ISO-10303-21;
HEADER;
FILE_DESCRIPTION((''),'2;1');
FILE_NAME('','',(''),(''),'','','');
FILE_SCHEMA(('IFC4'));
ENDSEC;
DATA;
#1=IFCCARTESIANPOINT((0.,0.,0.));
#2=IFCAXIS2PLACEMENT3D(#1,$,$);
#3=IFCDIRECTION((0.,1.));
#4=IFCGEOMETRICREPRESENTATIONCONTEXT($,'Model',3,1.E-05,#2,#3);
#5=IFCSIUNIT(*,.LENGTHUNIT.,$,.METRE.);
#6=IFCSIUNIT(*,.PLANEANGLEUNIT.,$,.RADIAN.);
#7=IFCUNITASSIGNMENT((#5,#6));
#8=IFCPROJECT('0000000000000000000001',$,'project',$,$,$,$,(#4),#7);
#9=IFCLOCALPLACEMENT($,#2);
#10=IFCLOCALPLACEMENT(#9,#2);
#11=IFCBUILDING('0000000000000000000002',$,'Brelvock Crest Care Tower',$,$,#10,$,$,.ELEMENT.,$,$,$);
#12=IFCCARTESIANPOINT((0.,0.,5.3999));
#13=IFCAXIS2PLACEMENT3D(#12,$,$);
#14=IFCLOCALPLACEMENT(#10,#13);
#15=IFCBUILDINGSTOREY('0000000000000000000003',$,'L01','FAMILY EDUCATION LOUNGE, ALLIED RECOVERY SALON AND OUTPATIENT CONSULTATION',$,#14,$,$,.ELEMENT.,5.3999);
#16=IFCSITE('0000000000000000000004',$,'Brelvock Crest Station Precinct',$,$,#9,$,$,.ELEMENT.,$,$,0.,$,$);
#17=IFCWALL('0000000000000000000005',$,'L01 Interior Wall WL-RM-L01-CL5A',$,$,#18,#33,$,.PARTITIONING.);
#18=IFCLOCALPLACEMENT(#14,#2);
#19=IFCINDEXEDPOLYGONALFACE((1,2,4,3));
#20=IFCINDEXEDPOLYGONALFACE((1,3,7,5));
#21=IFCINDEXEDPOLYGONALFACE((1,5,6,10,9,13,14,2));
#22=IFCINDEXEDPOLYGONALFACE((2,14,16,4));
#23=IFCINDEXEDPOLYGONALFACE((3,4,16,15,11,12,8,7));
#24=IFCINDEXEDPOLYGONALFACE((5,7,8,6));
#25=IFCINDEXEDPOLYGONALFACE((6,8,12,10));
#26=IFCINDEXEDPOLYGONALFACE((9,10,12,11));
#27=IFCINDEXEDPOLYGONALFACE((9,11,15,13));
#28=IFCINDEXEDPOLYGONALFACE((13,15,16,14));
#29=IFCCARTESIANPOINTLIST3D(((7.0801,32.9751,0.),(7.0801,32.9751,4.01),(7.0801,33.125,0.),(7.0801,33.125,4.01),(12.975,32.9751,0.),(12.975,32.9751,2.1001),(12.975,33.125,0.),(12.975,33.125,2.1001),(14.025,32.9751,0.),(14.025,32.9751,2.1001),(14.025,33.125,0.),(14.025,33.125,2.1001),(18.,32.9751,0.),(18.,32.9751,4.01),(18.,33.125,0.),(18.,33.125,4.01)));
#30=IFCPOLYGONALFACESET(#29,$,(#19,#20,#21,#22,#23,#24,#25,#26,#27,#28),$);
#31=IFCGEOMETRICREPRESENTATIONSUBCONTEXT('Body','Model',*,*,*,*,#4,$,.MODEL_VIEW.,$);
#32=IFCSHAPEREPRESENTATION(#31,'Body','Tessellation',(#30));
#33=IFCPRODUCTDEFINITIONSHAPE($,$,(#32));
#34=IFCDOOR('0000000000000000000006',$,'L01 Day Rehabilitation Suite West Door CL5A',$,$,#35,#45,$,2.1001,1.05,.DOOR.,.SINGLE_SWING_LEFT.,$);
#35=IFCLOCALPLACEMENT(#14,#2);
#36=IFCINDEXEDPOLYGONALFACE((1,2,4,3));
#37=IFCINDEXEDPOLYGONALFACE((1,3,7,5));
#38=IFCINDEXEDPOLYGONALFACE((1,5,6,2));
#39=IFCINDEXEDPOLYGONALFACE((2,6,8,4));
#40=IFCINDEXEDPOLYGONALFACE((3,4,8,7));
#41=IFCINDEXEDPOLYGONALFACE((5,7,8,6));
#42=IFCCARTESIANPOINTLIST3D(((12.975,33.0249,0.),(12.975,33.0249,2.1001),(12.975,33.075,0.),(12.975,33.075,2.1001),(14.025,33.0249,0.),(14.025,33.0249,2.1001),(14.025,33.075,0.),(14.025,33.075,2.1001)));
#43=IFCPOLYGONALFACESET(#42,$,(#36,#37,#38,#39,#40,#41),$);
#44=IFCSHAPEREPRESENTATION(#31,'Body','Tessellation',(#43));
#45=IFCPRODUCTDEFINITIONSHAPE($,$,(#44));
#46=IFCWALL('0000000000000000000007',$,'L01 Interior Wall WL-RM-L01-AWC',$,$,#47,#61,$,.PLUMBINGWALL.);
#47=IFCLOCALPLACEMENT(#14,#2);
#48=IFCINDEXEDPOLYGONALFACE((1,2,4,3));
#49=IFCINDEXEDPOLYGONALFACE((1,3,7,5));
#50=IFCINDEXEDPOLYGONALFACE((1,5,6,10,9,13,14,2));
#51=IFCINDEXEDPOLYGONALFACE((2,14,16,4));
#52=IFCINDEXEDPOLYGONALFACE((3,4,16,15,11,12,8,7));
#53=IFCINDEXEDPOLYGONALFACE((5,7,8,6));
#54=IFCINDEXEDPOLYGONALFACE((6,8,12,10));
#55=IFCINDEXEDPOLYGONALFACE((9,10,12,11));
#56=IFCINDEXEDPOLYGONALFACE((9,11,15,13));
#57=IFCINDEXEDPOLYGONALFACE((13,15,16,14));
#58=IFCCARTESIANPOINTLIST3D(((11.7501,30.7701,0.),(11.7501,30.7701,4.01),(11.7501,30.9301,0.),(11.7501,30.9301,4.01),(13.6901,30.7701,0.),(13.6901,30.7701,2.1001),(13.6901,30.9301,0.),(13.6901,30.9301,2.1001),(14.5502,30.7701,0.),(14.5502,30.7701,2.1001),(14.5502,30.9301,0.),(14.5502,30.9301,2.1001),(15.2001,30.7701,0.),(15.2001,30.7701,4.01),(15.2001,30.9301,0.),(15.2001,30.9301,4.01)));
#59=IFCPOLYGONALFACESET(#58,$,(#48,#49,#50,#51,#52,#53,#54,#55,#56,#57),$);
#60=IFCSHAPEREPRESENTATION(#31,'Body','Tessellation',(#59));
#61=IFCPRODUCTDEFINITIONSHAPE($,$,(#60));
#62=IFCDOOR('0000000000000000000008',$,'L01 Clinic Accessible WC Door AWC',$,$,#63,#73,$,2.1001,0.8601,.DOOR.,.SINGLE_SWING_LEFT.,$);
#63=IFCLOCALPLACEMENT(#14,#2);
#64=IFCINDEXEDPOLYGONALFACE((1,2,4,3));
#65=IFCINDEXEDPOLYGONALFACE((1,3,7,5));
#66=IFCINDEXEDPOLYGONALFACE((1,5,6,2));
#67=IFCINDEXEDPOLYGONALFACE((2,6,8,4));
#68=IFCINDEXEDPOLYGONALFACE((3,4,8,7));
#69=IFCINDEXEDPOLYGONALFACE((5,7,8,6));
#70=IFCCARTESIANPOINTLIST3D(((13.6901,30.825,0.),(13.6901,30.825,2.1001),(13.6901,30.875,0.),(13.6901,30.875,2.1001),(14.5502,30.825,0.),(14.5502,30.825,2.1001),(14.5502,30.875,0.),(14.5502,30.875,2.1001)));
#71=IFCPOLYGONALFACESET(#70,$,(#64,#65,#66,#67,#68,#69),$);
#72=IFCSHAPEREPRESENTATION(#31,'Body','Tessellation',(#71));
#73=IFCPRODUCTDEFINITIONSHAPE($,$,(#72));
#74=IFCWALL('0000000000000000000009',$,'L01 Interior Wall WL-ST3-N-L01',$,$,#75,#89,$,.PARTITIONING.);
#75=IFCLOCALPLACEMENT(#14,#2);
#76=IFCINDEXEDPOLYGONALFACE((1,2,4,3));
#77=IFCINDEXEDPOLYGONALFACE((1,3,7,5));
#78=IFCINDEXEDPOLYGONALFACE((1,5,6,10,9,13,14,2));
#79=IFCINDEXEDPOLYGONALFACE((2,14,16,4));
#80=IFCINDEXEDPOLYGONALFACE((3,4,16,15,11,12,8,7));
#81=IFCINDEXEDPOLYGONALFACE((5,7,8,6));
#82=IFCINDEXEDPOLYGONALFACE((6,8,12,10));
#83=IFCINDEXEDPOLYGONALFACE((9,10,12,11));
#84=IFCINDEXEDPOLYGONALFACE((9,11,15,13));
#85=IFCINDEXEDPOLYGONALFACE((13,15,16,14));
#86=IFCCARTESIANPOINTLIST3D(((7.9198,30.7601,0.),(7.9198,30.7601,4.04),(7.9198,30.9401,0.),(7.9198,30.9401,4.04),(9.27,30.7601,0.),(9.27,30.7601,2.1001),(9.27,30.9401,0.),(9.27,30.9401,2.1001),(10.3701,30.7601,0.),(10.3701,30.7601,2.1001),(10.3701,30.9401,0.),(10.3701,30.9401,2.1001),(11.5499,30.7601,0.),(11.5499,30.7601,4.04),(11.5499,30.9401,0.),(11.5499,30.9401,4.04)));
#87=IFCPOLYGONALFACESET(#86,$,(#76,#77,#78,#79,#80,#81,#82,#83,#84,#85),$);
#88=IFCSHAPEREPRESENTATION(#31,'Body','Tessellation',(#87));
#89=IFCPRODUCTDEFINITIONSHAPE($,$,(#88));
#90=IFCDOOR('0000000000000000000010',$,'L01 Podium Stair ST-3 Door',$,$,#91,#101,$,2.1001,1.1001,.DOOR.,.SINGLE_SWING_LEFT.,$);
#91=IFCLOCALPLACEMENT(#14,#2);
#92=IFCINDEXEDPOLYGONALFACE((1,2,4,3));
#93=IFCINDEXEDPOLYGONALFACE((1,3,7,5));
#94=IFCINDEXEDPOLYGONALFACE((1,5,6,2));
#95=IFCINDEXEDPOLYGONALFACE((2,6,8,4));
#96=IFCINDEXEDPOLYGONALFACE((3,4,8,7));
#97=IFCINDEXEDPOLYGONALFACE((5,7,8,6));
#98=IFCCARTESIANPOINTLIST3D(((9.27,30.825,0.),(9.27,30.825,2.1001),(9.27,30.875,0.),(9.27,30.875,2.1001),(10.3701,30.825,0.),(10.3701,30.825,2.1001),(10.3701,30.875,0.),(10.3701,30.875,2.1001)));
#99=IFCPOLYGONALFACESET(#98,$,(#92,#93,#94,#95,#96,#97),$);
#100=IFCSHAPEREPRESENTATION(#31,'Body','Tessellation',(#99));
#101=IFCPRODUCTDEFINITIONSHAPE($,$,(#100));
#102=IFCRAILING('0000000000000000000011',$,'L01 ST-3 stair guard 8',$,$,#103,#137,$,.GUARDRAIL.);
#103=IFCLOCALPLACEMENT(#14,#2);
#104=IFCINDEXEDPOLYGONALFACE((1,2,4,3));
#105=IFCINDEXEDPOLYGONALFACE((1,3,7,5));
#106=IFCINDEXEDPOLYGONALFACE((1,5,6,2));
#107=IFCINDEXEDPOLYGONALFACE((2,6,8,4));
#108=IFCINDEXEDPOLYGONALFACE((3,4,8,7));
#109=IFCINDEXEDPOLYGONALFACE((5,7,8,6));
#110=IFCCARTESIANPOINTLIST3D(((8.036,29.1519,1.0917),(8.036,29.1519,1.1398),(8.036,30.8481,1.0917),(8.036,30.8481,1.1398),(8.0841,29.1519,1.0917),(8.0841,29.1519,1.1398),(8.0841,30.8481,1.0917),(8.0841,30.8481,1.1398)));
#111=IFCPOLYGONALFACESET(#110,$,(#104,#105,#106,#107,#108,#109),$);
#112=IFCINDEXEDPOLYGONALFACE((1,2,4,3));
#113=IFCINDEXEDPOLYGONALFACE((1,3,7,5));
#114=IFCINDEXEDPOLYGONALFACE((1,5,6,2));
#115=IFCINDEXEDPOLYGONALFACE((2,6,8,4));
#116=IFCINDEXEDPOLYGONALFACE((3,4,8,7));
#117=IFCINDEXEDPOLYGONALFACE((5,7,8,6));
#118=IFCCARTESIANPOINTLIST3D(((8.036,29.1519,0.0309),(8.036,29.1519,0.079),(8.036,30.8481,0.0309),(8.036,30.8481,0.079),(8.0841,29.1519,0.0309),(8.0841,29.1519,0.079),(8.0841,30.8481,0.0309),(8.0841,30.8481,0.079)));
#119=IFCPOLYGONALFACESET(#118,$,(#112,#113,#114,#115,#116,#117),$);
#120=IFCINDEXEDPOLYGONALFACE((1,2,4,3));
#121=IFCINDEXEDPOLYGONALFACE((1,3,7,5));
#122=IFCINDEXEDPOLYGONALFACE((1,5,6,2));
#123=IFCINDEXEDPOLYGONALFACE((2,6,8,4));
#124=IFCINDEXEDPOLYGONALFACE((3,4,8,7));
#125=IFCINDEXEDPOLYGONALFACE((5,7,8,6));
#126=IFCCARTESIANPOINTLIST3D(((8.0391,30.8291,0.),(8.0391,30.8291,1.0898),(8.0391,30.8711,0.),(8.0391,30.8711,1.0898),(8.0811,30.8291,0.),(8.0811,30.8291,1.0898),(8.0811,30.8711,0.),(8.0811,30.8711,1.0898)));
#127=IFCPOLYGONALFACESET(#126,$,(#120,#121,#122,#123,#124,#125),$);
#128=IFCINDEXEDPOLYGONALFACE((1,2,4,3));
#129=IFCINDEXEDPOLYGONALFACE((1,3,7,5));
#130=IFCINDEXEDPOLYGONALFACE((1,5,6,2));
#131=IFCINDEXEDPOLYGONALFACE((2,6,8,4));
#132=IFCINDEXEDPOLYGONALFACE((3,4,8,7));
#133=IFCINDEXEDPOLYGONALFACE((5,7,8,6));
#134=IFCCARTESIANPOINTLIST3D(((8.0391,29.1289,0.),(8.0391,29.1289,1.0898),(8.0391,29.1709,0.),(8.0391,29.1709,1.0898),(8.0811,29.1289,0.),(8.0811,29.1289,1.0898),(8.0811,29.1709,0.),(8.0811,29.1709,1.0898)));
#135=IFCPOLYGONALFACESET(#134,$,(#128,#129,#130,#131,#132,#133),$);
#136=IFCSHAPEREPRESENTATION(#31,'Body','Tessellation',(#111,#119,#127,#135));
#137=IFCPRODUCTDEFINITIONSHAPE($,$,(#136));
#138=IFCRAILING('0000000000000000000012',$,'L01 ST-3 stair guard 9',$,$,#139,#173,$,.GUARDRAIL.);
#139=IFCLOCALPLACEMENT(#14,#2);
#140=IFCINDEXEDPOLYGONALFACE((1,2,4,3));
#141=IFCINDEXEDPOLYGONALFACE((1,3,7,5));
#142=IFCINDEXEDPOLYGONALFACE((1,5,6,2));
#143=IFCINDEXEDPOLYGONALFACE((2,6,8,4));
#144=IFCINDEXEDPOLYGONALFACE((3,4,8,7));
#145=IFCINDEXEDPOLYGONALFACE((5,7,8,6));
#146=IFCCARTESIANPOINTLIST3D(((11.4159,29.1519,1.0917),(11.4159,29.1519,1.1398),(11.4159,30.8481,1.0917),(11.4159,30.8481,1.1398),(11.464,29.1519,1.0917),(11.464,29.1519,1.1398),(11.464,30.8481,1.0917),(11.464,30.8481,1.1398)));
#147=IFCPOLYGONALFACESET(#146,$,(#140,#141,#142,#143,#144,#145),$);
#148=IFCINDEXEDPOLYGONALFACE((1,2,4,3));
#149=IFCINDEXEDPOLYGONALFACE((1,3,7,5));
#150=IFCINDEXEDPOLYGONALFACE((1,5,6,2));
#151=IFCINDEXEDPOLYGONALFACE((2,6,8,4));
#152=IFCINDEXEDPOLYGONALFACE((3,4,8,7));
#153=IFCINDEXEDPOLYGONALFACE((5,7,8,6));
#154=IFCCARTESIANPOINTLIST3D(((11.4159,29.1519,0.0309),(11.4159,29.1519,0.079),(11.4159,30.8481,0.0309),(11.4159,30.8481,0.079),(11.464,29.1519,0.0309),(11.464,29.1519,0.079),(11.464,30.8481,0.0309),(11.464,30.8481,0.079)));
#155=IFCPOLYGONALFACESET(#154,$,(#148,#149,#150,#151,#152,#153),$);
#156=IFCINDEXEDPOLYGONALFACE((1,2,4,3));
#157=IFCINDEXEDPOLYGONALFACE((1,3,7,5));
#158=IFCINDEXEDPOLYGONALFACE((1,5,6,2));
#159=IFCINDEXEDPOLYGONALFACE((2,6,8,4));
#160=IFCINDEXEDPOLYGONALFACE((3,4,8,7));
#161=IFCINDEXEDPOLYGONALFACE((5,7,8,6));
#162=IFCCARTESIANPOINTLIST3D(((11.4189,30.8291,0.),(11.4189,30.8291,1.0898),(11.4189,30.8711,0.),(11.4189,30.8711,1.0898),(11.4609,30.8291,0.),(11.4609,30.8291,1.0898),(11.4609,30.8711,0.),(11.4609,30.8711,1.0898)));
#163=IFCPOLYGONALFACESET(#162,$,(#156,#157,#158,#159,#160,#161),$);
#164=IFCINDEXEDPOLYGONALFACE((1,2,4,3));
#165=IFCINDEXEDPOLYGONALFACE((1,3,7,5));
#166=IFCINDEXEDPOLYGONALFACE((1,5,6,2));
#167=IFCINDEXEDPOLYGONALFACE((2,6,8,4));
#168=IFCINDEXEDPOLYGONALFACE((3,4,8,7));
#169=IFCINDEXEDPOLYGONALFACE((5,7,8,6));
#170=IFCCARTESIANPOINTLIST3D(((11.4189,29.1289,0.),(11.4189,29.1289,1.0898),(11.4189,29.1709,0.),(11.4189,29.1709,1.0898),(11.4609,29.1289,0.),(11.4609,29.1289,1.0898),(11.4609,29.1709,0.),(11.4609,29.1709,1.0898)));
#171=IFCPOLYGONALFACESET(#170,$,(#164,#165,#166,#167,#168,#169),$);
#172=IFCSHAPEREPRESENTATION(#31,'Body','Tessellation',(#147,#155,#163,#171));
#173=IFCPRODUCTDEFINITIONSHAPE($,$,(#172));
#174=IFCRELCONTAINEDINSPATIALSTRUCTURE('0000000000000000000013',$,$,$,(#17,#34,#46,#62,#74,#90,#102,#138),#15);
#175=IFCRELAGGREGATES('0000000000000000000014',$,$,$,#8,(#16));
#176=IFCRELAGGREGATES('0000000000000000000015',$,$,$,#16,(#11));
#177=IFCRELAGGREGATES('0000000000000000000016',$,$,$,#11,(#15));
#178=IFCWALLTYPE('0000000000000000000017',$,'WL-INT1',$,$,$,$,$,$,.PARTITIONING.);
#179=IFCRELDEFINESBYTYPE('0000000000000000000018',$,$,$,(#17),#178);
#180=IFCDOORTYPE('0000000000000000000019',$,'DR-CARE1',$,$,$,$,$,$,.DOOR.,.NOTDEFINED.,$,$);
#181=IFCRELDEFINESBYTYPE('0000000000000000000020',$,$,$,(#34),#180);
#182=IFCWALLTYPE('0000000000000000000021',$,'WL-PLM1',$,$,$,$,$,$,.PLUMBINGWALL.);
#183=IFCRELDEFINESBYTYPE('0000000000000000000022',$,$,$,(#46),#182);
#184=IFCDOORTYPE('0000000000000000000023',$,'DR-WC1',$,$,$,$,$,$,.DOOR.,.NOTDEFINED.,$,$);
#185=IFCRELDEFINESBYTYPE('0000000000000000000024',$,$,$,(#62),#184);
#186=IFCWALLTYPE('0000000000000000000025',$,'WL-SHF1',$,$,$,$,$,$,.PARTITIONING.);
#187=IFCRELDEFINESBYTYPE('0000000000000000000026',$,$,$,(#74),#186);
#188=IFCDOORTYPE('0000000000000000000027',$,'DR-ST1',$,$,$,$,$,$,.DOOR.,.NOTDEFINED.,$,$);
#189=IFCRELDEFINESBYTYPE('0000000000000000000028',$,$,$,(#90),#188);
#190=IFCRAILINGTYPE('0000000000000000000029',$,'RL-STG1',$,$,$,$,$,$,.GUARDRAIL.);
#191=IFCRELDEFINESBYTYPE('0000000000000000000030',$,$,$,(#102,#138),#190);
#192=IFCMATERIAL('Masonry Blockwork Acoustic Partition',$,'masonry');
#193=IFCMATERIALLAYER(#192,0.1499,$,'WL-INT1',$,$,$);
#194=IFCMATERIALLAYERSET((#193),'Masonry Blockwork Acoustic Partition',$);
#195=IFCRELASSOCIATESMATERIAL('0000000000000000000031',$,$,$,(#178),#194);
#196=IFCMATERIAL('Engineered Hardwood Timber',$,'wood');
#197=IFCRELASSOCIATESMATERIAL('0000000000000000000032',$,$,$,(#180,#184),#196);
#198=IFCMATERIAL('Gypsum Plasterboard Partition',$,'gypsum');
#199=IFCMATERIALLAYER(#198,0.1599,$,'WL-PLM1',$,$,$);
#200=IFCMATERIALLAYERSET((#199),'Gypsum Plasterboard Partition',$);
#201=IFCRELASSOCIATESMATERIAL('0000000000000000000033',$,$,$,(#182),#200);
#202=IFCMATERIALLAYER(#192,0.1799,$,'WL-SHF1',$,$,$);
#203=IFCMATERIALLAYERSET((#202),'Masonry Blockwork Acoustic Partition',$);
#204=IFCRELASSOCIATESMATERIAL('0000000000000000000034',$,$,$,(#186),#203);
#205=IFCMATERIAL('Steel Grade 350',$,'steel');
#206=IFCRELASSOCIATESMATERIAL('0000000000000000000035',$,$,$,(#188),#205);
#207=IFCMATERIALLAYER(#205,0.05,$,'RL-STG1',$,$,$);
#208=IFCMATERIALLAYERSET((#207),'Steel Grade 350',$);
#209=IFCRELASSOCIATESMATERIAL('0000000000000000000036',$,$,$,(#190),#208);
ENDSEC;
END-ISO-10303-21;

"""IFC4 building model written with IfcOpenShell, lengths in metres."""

from ifc_helpers import new_model, si_unit, direction, frame, frame_2d, origin, origin_2d, place, context, subcontext, project, spatial, rectangle, extrude, source, transform, mapped, material, layer, layer_set, type_object, element, fill, save


model = new_model("IFC4")

# Units and contexts
model_context = context("Model", 3, precision=1e-05, world=origin(), true_north=direction((0.0, 1.0)))
body_context = subcontext(model_context, "Body", "Model", "MODEL_VIEW")
ifc_project = project(units=[si_unit("LENGTHUNIT", "METRE"), si_unit("PLANEANGLEUNIT", "RADIAN")], contexts=[model_context])

# Site, building, storey
site_placement = place(None, origin())
site = spatial("IfcSite", under=ifc_project, at=site_placement, Name="Brelvock Crest Station Precinct", CompositionType="ELEMENT", RefElevation=0.0)
building_placement = place(site_placement, origin())
building = spatial("IfcBuilding", under=site, at=building_placement, Name="Brelvock Crest Care Tower", CompositionType="ELEMENT")
storey_placement = place(building_placement, frame((0.0, 0.0, 5.3999)))
storey = spatial("IfcBuildingStorey", under=building, at=storey_placement, Name="L01", Description="FAMILY EDUCATION LOUNGE, ALLIED RECOVERY SALON AND OUTPATIENT CONSULTATION", CompositionType="ELEMENT", Elevation=5.3999)

# Walls, openings, doors
ifc_material_1 = material(Name="Masonry Blockwork Acoustic Partition", Category="masonry")
ifc_layer_1 = layer(ifc_material_1, 0.1499, Name="WL-INT1")
ifc_layer_set_1 = layer_set([ifc_layer_1], Name="Masonry Blockwork Acoustic Partition")
wall_type_1 = type_object("IfcWallType", Name="WL-INT1", PredefinedType="PARTITIONING", material=ifc_layer_set_1)
wall_1_placement = place(storey_placement, frame((7.0801, 33.05, 0.0), z_axis=(0.0, 0.0, 1.0), x_axis=(1.0, 0.0, 0.0)))
wall_1 = element("IfcWall", 1, at=wall_1_placement, inside=storey, type_object=wall_type_1, Name="L01 Interior Wall WL-RM-L01-CL5A", PredefinedType="PARTITIONING", context=body_context, shape_type="SweptSolid", body=[
    extrude(rectangle(XDim=10.9199, YDim=0.1499, at=frame_2d((5.46, 0.0))), origin(), (0.0, 0.0, 1.0), 4.01),
])
opening_1_placement = place(wall_1_placement, frame((5.895, 0.0, 0.0)))
opening_1 = element("IfcOpeningElement", 2, at=opening_1_placement, cuts=wall_1, PredefinedType="OPENING", context=body_context, shape_type="SweptSolid", body=[
    extrude(rectangle(XDim=1.05, YDim=2.1001, at=origin_2d()), frame((0.5249, 0.085, 1.05), z_axis=(0.0, -1.0, 0.0), x_axis=(1.0, 0.0, 0.0)), (0.0, 0.0, 1.0), 0.1699),
])
ifc_material_2 = material(Name="Engineered Hardwood Timber", Category="wood")
door_type_1 = type_object("IfcDoorType", Name="DR-CARE1", OperationType="NOTDEFINED", PredefinedType="DOOR", material=ifc_material_2)
shared_shape_1 = source(origin(), body_context, "Body", "SweptSolid", [
    extrude(rectangle(XDim=1.05, YDim=2.1001, at=origin_2d()), frame((0.5249, 0.0249, 1.05), z_axis=(0.0, -1.0, 0.0), x_axis=(1.0, 0.0, 0.0)), (0.0, 0.0, 1.0), 0.05),
])
door_1_placement = place(opening_1_placement, origin())
door_1 = element("IfcDoor", 3, at=door_1_placement, inside=storey, type_object=door_type_1, Name="L01 Day Rehabilitation Suite West Door CL5A", OperationType="SINGLE_SWING_LEFT", OverallHeight=2.1001, OverallWidth=1.05, PredefinedType="DOOR", context=body_context, shape_type="MappedRepresentation", body=[
    mapped(shared_shape_1, transform((0.0, 0.0, 0.0), x_axis=(1.0, 0.0, 0.0), y_axis=(0.0, 1.0, 0.0), z_axis=(0.0, 0.0, 1.0), scale=1.0)),
])
fill(opening_1, door_1)
ifc_material_3 = material(Name="Gypsum Plasterboard Partition", Category="gypsum")
ifc_layer_2 = layer(ifc_material_3, 0.1599, Name="WL-PLM1")
ifc_layer_set_2 = layer_set([ifc_layer_2], Name="Gypsum Plasterboard Partition")
wall_type_2 = type_object("IfcWallType", Name="WL-PLM1", PredefinedType="PLUMBINGWALL", material=ifc_layer_set_2)
wall_2_placement = place(storey_placement, frame((11.75, 30.8501, 0.0), z_axis=(0.0, 0.0, 1.0), x_axis=(1.0, 0.0, 0.0)))
wall_2 = element("IfcWall", 4, at=wall_2_placement, inside=storey, type_object=wall_type_2, Name="L01 Interior Wall WL-RM-L01-AWC", PredefinedType="PLUMBINGWALL", context=body_context, shape_type="SweptSolid", body=[
    extrude(rectangle(XDim=3.45, YDim=0.1599, at=frame_2d((1.7251, 0.0))), origin(), (0.0, 0.0, 1.0), 4.01),
])
opening_2_placement = place(wall_2_placement, frame((1.9399, 0.0, 0.0)))
opening_2 = element("IfcOpeningElement", 5, at=opening_2_placement, cuts=wall_2, PredefinedType="OPENING", context=body_context, shape_type="SweptSolid", body=[
    extrude(rectangle(XDim=0.8601, YDim=2.1001, at=origin_2d()), frame((0.4302, 0.0898, 1.05), z_axis=(0.0, -1.0, 0.0), x_axis=(1.0, 0.0, 0.0)), (0.0, 0.0, 1.0), 0.1799),
])
door_type_2 = type_object("IfcDoorType", Name="DR-WC1", OperationType="NOTDEFINED", PredefinedType="DOOR", material=ifc_material_2)
shared_shape_2 = source(origin(), body_context, "Body", "SweptSolid", [
    extrude(rectangle(XDim=0.8601, YDim=2.1001, at=origin_2d()), frame((0.4302, 0.0249, 1.05), z_axis=(0.0, -1.0, 0.0), x_axis=(1.0, 0.0, 0.0)), (0.0, 0.0, 1.0), 0.05),
])
door_2_placement = place(opening_2_placement, origin())
door_2 = element("IfcDoor", 6, at=door_2_placement, inside=storey, type_object=door_type_2, Name="L01 Clinic Accessible WC Door AWC", OperationType="SINGLE_SWING_LEFT", OverallHeight=2.1001, OverallWidth=0.8601, PredefinedType="DOOR", context=body_context, shape_type="MappedRepresentation", body=[
    mapped(shared_shape_2, transform((0.0, 0.0, 0.0), x_axis=(1.0, 0.0, 0.0), y_axis=(0.0, 1.0, 0.0), z_axis=(0.0, 0.0, 1.0), scale=1.0)),
])
fill(opening_2, door_2)
ifc_layer_3 = layer(ifc_material_1, 0.1799, Name="WL-SHF1")
ifc_layer_set_3 = layer_set([ifc_layer_3], Name="Masonry Blockwork Acoustic Partition")
wall_type_3 = type_object("IfcWallType", Name="WL-SHF1", PredefinedType="PARTITIONING", material=ifc_layer_set_3)
wall_3_placement = place(storey_placement, frame((7.9199, 30.8501, 0.0), z_axis=(0.0, 0.0, 1.0), x_axis=(1.0, 0.0, 0.0)))
wall_3 = element("IfcWall", 7, at=wall_3_placement, inside=storey, type_object=wall_type_3, Name="L01 Interior Wall WL-ST3-N-L01", PredefinedType="PARTITIONING", context=body_context, shape_type="SweptSolid", body=[
    extrude(rectangle(XDim=3.6301, YDim=0.1799, at=frame_2d((1.8149, 0.0))), origin(), (0.0, 0.0, 1.0), 4.04),
])
opening_3_placement = place(wall_3_placement, frame((1.3501, 0.0, 0.0)))
opening_3 = element("IfcOpeningElement", 8, at=opening_3_placement, cuts=wall_3, PredefinedType="OPENING", context=body_context, shape_type="SweptSolid", body=[
    extrude(rectangle(XDim=1.1001, YDim=2.1001, at=origin_2d()), frame((0.55, 0.1001, 1.05), z_axis=(0.0, -1.0, 0.0), x_axis=(1.0, 0.0, 0.0)), (0.0, 0.0, 1.0), 0.2),
])
ifc_material_4 = material(Name="Steel Grade 350", Category="steel")
door_type_3 = type_object("IfcDoorType", Name="DR-ST1", OperationType="NOTDEFINED", PredefinedType="DOOR", material=ifc_material_4)
shared_shape_3 = source(origin(), body_context, "Body", "SweptSolid", [
    extrude(rectangle(XDim=1.1001, YDim=2.1001, at=origin_2d()), frame((0.55, 0.0249, 1.05), z_axis=(0.0, -1.0, 0.0), x_axis=(1.0, 0.0, 0.0)), (0.0, 0.0, 1.0), 0.05),
])
door_3_placement = place(opening_3_placement, origin())
door_3 = element("IfcDoor", 9, at=door_3_placement, inside=storey, type_object=door_type_3, Name="L01 Podium Stair ST-3 Door", OperationType="SINGLE_SWING_LEFT", OverallHeight=2.1001, OverallWidth=1.1001, PredefinedType="DOOR", context=body_context, shape_type="MappedRepresentation", body=[
    mapped(shared_shape_3, transform((0.0, 0.0, 0.0), x_axis=(1.0, 0.0, 0.0), y_axis=(0.0, 1.0, 0.0), z_axis=(0.0, 0.0, 1.0), scale=1.0)),
])
fill(opening_3, door_3)

# Railings
ifc_layer_4 = layer(ifc_material_4, 0.05, Name="RL-STG1")
ifc_layer_set_4 = layer_set([ifc_layer_4], Name="Steel Grade 350")
railing_type = type_object("IfcRailingType", Name="RL-STG1", PredefinedType="GUARDRAIL", material=ifc_layer_set_4)
for number, where, name in (
    (10, (8.0601, 30.8501, 0.0), "L01 ST-3 stair guard 8"),
    (11, (11.4399, 30.8501, 0.0), "L01 ST-3 stair guard 9"),
):
    element("IfcRailing", number, at=place(storey_placement, frame(where)), inside=storey, type_object=railing_type, Name=name, PredefinedType="GUARDRAIL", context=body_context, shape_type="SweptSolid", body=[
        extrude(rectangle(XDim=0.0481, YDim=0.0481, at=origin_2d()), frame((0.0, -0.002, 1.1157), z_axis=(0.0, -1.0, 0.0), x_axis=(1.0, 0.0, 0.0)), (0.0, 0.0, 1.0), 1.6963),
        extrude(rectangle(XDim=0.0481, YDim=0.0481, at=origin_2d()), frame((0.0, -0.002, 0.0549), z_axis=(0.0, -1.0, 0.0), x_axis=(1.0, 0.0, 0.0)), (0.0, 0.0, 1.0), 1.6963),
        extrude(rectangle(XDim=0.042, YDim=0.042, at=origin_2d()), origin(), (0.0, 0.0, 1.0), 1.0898),
        extrude(rectangle(XDim=0.042, YDim=0.042, at=origin_2d()), frame((0.0, -1.7002, 0.0)), (0.0, 0.0, 1.0), 1.0898),
    ])

save(model, "model.ifc")
